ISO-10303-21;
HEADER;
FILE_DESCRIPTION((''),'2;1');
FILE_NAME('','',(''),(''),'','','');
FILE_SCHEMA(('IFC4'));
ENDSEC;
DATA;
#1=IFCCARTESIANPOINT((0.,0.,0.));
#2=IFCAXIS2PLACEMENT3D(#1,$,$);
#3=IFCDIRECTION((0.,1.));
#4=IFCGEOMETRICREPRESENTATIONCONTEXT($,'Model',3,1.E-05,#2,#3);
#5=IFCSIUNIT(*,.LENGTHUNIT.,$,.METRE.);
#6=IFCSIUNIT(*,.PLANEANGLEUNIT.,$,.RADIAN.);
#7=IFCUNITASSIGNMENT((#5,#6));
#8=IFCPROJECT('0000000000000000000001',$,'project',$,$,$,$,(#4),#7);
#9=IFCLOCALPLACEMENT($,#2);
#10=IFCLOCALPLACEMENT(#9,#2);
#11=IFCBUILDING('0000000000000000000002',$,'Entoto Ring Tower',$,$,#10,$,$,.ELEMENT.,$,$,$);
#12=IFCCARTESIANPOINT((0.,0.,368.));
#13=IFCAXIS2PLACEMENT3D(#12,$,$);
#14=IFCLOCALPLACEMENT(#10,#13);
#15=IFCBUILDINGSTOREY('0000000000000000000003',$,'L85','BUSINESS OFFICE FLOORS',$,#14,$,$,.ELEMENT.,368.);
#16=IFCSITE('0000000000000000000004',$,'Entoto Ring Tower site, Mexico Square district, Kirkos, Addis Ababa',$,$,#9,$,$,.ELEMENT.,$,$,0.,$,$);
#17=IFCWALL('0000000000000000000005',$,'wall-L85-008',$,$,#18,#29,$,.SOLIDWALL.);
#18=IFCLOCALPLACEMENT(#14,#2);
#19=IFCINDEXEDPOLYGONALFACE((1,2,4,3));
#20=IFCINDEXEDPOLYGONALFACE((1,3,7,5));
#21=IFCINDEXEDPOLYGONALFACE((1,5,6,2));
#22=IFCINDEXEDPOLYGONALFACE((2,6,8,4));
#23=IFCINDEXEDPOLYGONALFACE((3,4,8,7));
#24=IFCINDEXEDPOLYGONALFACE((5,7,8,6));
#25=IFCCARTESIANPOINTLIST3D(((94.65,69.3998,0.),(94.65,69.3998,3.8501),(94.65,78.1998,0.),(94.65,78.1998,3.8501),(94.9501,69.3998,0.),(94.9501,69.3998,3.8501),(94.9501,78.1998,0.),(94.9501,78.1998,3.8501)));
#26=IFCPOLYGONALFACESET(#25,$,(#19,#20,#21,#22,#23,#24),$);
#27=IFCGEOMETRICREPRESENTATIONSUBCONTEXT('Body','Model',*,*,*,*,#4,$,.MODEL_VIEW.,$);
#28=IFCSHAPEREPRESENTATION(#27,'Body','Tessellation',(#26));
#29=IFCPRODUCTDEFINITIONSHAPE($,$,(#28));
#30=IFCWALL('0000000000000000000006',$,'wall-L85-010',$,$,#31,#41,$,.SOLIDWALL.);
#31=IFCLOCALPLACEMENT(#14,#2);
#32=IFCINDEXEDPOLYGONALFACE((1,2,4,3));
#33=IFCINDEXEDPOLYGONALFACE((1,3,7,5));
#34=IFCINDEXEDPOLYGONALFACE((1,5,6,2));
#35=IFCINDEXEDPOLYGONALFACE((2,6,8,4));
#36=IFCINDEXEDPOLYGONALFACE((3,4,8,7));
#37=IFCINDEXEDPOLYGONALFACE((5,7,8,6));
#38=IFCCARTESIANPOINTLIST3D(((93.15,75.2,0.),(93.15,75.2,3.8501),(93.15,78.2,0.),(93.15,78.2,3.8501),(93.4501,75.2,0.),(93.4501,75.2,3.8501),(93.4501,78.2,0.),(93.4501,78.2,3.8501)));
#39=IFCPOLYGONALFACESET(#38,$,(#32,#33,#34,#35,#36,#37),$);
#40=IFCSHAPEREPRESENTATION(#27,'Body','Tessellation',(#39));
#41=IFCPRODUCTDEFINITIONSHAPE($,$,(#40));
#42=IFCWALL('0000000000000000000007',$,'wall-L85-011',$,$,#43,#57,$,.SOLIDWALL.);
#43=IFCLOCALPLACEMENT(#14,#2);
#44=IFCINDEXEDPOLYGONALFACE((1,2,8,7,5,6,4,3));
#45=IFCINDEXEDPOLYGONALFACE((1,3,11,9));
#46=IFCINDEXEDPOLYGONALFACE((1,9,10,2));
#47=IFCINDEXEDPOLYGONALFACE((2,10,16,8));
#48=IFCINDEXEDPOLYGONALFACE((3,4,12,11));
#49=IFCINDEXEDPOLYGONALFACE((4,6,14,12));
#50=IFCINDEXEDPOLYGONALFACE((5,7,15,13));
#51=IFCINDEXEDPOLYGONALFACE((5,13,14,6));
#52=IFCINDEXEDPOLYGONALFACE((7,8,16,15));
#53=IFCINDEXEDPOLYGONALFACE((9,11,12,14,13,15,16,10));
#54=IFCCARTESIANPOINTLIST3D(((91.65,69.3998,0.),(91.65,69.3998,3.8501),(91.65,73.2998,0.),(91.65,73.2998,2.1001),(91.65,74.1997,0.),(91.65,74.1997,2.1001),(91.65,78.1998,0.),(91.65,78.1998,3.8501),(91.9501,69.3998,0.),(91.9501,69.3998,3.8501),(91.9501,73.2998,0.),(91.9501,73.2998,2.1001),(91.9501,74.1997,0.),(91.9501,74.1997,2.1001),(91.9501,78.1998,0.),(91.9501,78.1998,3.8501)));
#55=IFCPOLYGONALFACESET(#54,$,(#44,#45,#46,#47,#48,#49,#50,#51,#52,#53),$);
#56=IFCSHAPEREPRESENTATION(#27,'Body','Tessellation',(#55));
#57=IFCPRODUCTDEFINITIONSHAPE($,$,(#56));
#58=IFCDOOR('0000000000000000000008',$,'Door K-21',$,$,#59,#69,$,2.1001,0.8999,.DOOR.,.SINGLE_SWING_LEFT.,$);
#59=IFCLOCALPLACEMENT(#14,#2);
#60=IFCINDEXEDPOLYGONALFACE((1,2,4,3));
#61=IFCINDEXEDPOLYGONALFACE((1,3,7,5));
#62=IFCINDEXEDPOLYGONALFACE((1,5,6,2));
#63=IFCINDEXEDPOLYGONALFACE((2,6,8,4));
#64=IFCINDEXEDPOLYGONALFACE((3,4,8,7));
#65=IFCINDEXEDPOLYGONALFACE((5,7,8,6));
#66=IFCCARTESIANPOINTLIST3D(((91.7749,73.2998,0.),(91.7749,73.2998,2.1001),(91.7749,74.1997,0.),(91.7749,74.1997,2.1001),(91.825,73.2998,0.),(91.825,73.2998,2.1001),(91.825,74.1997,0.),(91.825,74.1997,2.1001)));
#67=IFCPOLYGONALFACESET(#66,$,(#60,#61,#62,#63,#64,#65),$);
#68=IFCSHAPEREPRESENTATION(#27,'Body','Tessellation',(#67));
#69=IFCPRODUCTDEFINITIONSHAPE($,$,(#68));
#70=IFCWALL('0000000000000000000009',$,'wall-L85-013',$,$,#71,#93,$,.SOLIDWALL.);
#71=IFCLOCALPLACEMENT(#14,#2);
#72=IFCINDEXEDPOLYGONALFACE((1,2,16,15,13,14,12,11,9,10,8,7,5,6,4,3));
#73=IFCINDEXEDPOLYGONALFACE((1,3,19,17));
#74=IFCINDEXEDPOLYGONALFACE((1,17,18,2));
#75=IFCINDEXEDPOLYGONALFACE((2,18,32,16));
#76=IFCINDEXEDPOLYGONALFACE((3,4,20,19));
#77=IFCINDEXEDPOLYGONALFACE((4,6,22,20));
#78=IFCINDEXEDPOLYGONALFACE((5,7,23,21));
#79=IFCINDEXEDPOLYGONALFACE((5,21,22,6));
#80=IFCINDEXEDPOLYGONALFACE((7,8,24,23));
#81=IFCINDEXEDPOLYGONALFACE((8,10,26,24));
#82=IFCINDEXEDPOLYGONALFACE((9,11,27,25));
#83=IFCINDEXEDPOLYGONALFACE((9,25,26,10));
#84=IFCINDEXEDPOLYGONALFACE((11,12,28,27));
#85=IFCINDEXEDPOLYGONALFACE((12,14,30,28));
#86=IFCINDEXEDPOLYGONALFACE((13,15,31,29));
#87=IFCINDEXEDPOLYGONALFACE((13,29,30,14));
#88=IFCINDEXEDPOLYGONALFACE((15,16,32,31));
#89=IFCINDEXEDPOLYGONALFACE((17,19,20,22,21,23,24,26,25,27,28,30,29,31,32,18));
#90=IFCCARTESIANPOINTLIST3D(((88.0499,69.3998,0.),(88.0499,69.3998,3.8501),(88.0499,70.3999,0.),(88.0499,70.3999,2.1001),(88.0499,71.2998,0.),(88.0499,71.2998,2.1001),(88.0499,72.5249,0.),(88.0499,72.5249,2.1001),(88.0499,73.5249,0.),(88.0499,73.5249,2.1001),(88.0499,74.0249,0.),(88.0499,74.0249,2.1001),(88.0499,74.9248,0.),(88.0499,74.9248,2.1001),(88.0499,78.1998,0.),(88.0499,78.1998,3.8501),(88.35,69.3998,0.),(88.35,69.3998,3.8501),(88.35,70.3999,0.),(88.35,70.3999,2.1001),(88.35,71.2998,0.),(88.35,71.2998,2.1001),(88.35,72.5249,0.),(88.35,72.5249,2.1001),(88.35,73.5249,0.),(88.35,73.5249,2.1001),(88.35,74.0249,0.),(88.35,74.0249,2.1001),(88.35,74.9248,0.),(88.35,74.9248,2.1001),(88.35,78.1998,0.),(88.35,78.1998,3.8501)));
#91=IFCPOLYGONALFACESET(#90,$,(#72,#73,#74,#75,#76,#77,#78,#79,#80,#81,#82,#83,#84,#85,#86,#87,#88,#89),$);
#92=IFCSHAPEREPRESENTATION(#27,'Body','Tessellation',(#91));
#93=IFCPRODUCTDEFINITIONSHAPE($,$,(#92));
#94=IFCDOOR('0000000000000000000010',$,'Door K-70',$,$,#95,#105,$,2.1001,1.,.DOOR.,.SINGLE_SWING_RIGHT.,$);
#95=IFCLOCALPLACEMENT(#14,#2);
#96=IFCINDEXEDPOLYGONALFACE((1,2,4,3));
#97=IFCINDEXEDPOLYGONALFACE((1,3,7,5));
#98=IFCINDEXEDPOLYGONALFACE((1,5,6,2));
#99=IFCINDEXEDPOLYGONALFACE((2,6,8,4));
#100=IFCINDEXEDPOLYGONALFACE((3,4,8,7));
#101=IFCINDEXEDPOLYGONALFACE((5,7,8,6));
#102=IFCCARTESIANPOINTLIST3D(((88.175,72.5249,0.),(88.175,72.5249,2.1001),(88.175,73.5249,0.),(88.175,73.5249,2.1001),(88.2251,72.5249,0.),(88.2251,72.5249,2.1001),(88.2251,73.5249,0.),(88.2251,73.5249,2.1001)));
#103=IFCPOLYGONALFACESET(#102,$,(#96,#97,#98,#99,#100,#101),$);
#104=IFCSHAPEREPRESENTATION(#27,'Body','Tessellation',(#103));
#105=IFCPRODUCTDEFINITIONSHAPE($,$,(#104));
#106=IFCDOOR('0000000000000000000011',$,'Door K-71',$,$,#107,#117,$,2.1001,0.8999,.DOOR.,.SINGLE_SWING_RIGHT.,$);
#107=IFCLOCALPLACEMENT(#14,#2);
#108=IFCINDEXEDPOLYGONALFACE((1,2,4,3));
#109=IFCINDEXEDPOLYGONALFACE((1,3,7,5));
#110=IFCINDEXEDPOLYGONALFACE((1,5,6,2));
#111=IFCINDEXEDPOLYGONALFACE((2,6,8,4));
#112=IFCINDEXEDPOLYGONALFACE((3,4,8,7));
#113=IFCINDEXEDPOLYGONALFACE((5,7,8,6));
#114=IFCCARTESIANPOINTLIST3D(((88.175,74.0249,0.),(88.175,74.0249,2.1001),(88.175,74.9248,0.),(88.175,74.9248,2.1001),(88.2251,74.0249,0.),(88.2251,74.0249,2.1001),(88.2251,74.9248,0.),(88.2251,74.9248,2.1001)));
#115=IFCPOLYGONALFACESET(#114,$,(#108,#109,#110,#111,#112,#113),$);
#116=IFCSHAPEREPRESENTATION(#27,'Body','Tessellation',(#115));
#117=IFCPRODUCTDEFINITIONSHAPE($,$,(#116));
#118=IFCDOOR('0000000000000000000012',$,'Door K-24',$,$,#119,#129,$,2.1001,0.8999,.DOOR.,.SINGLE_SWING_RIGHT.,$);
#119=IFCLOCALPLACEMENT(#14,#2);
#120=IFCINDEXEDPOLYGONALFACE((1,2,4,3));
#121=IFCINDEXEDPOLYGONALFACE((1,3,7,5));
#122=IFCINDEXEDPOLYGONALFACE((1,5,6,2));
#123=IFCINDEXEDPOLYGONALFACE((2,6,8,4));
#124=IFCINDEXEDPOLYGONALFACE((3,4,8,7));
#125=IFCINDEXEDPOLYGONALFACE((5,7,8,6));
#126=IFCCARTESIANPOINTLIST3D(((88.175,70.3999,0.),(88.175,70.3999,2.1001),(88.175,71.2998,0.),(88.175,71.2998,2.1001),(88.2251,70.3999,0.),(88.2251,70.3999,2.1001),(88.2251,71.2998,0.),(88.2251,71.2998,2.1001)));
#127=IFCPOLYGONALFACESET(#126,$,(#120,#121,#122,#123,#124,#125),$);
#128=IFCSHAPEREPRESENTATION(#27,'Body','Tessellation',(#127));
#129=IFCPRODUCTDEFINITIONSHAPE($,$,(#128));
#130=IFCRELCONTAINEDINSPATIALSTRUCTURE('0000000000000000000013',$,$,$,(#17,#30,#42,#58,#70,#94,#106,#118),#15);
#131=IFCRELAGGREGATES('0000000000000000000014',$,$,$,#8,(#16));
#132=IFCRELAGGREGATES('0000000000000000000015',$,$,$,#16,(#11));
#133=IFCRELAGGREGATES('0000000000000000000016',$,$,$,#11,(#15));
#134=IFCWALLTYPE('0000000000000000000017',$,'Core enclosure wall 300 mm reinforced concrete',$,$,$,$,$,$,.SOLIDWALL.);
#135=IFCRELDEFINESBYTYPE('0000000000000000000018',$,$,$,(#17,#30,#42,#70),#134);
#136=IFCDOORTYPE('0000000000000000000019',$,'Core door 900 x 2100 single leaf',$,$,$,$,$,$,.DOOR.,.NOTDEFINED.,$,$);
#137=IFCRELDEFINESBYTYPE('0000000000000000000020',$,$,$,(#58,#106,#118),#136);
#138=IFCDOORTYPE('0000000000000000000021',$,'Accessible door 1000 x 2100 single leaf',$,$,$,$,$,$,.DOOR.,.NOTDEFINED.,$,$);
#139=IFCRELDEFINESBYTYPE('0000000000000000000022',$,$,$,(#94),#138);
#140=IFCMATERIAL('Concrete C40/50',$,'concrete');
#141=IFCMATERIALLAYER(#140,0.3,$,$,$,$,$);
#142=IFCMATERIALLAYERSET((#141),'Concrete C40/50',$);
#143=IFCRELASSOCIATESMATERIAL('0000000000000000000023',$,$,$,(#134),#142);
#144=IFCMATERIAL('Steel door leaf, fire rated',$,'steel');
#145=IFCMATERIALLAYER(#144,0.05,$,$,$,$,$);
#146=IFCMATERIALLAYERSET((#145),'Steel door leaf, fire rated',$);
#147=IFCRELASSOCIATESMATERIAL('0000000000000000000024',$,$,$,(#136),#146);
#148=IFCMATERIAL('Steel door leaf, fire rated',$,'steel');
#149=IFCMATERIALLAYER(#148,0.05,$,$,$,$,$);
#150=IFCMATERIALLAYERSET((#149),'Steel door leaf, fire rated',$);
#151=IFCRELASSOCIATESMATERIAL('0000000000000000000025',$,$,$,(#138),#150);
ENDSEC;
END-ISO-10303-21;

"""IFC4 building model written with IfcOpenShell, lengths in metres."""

from ifc_helpers import new_model, si_unit, direction, frame, frame_2d, origin, place, context, subcontext, project, spatial, rectangle, extrude, material, layer, layer_set, type_object, element, fill, save


model = new_model("IFC4")

# Units and contexts
model_context = context("Model", 3, precision=1e-05, world=origin(), true_north=direction((0.0, 1.0)))
body_context = subcontext(model_context, "Body", "Model", "MODEL_VIEW")
ifc_project = project(units=[si_unit("LENGTHUNIT", "METRE"), si_unit("PLANEANGLEUNIT", "RADIAN")], contexts=[model_context])

# Site, building, storey
site_placement = place(None, origin())
site = spatial("IfcSite", under=ifc_project, at=site_placement, Name="Entoto Ring Tower site, Mexico Square district, Kirkos, Addis Ababa", CompositionType="ELEMENT", RefElevation=0.0)
building_placement = place(site_placement, origin())
building = spatial("IfcBuilding", under=site, at=building_placement, Name="Entoto Ring Tower", CompositionType="ELEMENT")
storey_placement = place(building_placement, frame((0.0, 0.0, 368.0)))
storey = spatial("IfcBuildingStorey", under=building, at=storey_placement, Name="L85", Description="BUSINESS OFFICE FLOORS", CompositionType="ELEMENT", Elevation=368.0)

# Walls
ifc_material_1 = material(Name="Concrete C40/50", Category="concrete")
ifc_layer_1 = layer(ifc_material_1, 0.3)
ifc_layer_set_1 = layer_set([ifc_layer_1], Name="Concrete C40/50")
wall_type_1 = type_object("IfcWallType", Name="Core enclosure wall 300 mm reinforced concrete", PredefinedType="SOLIDWALL", material=ifc_layer_set_1)
wall_1_placement = place(storey_placement, frame((94.8, 69.3999, 0.0), z_axis=(0.0, 0.0, 1.0), x_axis=(0.0, 1.0, 0.0)))
element("IfcWall", 1, at=wall_1_placement, inside=storey, type_object=wall_type_1, Name="wall-L85-008", PredefinedType="SOLIDWALL", context=body_context, shape_type="SweptSolid", body=[
    extrude(rectangle(XDim=8.8, YDim=0.3, at=frame_2d((4.3999, 0.0))), origin(), (0.0, 0.0, 1.0), 3.8501),
])
wall_2_placement = place(storey_placement, frame((93.3, 75.2, 0.0), z_axis=(0.0, 0.0, 1.0), x_axis=(0.0, 1.0, 0.0)))
element("IfcWall", 2, at=wall_2_placement, inside=storey, type_object=wall_type_1, Name="wall-L85-010", PredefinedType="SOLIDWALL", context=body_context, shape_type="SweptSolid", body=[
    extrude(rectangle(XDim=3.0, YDim=0.3, at=frame_2d((1.5, 0.0))), origin(), (0.0, 0.0, 1.0), 3.8501),
])

# Wall, opening, door
wall_3_placement = place(storey_placement, frame((91.8, 69.3999, 0.0), z_axis=(0.0, 0.0, 1.0), x_axis=(0.0, 1.0, 0.0)))
wall_3 = element("IfcWall", 3, at=wall_3_placement, inside=storey, type_object=wall_type_1, Name="wall-L85-011", PredefinedType="SOLIDWALL", context=body_context, shape_type="SweptSolid", body=[
    extrude(rectangle(XDim=8.8, YDim=0.3, at=frame_2d((4.3999, 0.0))), origin(), (0.0, 0.0, 1.0), 3.8501),
])
opening_1_placement = place(wall_3_placement, frame((3.8999, 0.0, 0.0)))
opening_1 = element("IfcOpeningElement", 4, at=opening_1_placement, cuts=wall_3, PredefinedType="OPENING", context=body_context, shape_type="SweptSolid", body=[
    extrude(rectangle(XDim=0.8999, YDim=2.1001, at=frame_2d((0.45, 1.05))), frame((0.0, 0.1602, 0.0), z_axis=(0.0, -1.0, 0.0), x_axis=(1.0, 0.0, 0.0)), (0.0, 0.0, 1.0), 0.3201),
])
ifc_material_2 = material(Name="Steel door leaf, fire rated", Category="steel")
ifc_layer_2 = layer(ifc_material_2, 0.05)
ifc_layer_set_2 = layer_set([ifc_layer_2], Name="Steel door leaf, fire rated")
door_type_1 = type_object("IfcDoorType", Name="Core door 900 x 2100 single leaf", OperationType="NOTDEFINED", PredefinedType="DOOR", material=ifc_layer_set_2)
door_1_placement = place(opening_1_placement, frame((0.8999, 0.0, 0.0), z_axis=(0.0, 0.0, 1.0), x_axis=(-1.0, 0.0, 0.0)))
door_1 = element("IfcDoor", 5, at=door_1_placement, inside=storey, type_object=door_type_1, Name="Door K-21", OperationType="SINGLE_SWING_LEFT", OverallHeight=2.1001, OverallWidth=0.8999, PredefinedType="DOOR", context=body_context, shape_type="SweptSolid", body=[
    extrude(rectangle(XDim=0.8999, YDim=2.1001, at=frame_2d((0.45, 1.05))), frame((0.0, 0.0249, 0.0), z_axis=(0.0, -1.0, 0.0), x_axis=(1.0, 0.0, 0.0)), (0.0, 0.0, 1.0), 0.05),
])
fill(opening_1, door_1)

# Wall, openings, doors
wall_4_placement = place(storey_placement, frame((88.2, 69.3999, 0.0), z_axis=(0.0, 0.0, 1.0), x_axis=(0.0, 1.0, 0.0)))
wall_4 = element("IfcWall", 6, at=wall_4_placement, inside=storey, type_object=wall_type_1, Name="wall-L85-013", PredefinedType="SOLIDWALL", context=body_context, shape_type="SweptSolid", body=[
    extrude(rectangle(XDim=8.8, YDim=0.3, at=frame_2d((4.3999, 0.0))), origin(), (0.0, 0.0, 1.0), 3.8501),
])
opening_2_placement = place(wall_4_placement, frame((3.125, 0.0, 0.0)))
opening_2 = element("IfcOpeningElement", 7, at=opening_2_placement, cuts=wall_4, PredefinedType="OPENING", context=body_context, shape_type="SweptSolid", body=[
    extrude(rectangle(XDim=1.0, YDim=2.1001, at=frame_2d((0.5, 1.05))), frame((0.0, 0.1602, 0.0), z_axis=(0.0, -1.0, 0.0), x_axis=(1.0, 0.0, 0.0)), (0.0, 0.0, 1.0), 0.3201),
])
opening_3_placement = place(wall_4_placement, frame((4.625, 0.0, 0.0)))
opening_3 = element("IfcOpeningElement", 8, at=opening_3_placement, cuts=wall_4, PredefinedType="OPENING", context=body_context, shape_type="SweptSolid", body=[
    extrude(rectangle(XDim=0.8999, YDim=2.1001, at=frame_2d((0.45, 1.05))), frame((0.0, 0.1602, 0.0), z_axis=(0.0, -1.0, 0.0), x_axis=(1.0, 0.0, 0.0)), (0.0, 0.0, 1.0), 0.3201),
])
opening_4_placement = place(wall_4_placement, frame((1.0, 0.0, 0.0)))
opening_4 = element("IfcOpeningElement", 9, at=opening_4_placement, cuts=wall_4, PredefinedType="OPENING", context=body_context, shape_type="SweptSolid", body=[
    extrude(rectangle(XDim=0.8999, YDim=2.1001, at=frame_2d((0.45, 1.05))), frame((0.0, 0.1602, 0.0), z_axis=(0.0, -1.0, 0.0), x_axis=(1.0, 0.0, 0.0)), (0.0, 0.0, 1.0), 0.3201),
])
ifc_material_3 = material(Name="Steel door leaf, fire rated", Category="steel")
ifc_layer_3 = layer(ifc_material_3, 0.05)
ifc_layer_set_3 = layer_set([ifc_layer_3], Name="Steel door leaf, fire rated")
door_type_2 = type_object("IfcDoorType", Name="Accessible door 1000 x 2100 single leaf", OperationType="NOTDEFINED", PredefinedType="DOOR", material=ifc_layer_set_3)
door_2_placement = place(opening_2_placement, origin())
door_2 = element("IfcDoor", 10, at=door_2_placement, inside=storey, type_object=door_type_2, Name="Door K-70", OperationType="SINGLE_SWING_RIGHT", OverallHeight=2.1001, OverallWidth=1.0, PredefinedType="DOOR", context=body_context, shape_type="SweptSolid", body=[
    extrude(rectangle(XDim=1.0, YDim=2.1001, at=frame_2d((0.5, 1.05))), frame((0.0, 0.0249, 0.0), z_axis=(0.0, -1.0, 0.0), x_axis=(1.0, 0.0, 0.0)), (0.0, 0.0, 1.0), 0.05),
])
fill(opening_2, door_2)
door_3_placement = place(opening_3_placement, origin())
door_3 = element("IfcDoor", 11, at=door_3_placement, inside=storey, type_object=door_type_1, Name="Door K-71", OperationType="SINGLE_SWING_RIGHT", OverallHeight=2.1001, OverallWidth=0.8999, PredefinedType="DOOR", context=body_context, shape_type="SweptSolid", body=[
    extrude(rectangle(XDim=0.8999, YDim=2.1001, at=frame_2d((0.45, 1.05))), frame((0.0, 0.0249, 0.0), z_axis=(0.0, -1.0, 0.0), x_axis=(1.0, 0.0, 0.0)), (0.0, 0.0, 1.0), 0.05),
])
fill(opening_3, door_3)
door_4_placement = place(opening_4_placement, origin())
door_4 = element("IfcDoor", 12, at=door_4_placement, inside=storey, type_object=door_type_1, Name="Door K-24", OperationType="SINGLE_SWING_RIGHT", OverallHeight=2.1001, OverallWidth=0.8999, PredefinedType="DOOR", context=body_context, shape_type="SweptSolid", body=[
    extrude(rectangle(XDim=0.8999, YDim=2.1001, at=frame_2d((0.45, 1.05))), frame((0.0, 0.0249, 0.0), z_axis=(0.0, -1.0, 0.0), x_axis=(1.0, 0.0, 0.0)), (0.0, 0.0, 1.0), 0.05),
])
fill(opening_4, door_4)

save(model, "model.ifc")
